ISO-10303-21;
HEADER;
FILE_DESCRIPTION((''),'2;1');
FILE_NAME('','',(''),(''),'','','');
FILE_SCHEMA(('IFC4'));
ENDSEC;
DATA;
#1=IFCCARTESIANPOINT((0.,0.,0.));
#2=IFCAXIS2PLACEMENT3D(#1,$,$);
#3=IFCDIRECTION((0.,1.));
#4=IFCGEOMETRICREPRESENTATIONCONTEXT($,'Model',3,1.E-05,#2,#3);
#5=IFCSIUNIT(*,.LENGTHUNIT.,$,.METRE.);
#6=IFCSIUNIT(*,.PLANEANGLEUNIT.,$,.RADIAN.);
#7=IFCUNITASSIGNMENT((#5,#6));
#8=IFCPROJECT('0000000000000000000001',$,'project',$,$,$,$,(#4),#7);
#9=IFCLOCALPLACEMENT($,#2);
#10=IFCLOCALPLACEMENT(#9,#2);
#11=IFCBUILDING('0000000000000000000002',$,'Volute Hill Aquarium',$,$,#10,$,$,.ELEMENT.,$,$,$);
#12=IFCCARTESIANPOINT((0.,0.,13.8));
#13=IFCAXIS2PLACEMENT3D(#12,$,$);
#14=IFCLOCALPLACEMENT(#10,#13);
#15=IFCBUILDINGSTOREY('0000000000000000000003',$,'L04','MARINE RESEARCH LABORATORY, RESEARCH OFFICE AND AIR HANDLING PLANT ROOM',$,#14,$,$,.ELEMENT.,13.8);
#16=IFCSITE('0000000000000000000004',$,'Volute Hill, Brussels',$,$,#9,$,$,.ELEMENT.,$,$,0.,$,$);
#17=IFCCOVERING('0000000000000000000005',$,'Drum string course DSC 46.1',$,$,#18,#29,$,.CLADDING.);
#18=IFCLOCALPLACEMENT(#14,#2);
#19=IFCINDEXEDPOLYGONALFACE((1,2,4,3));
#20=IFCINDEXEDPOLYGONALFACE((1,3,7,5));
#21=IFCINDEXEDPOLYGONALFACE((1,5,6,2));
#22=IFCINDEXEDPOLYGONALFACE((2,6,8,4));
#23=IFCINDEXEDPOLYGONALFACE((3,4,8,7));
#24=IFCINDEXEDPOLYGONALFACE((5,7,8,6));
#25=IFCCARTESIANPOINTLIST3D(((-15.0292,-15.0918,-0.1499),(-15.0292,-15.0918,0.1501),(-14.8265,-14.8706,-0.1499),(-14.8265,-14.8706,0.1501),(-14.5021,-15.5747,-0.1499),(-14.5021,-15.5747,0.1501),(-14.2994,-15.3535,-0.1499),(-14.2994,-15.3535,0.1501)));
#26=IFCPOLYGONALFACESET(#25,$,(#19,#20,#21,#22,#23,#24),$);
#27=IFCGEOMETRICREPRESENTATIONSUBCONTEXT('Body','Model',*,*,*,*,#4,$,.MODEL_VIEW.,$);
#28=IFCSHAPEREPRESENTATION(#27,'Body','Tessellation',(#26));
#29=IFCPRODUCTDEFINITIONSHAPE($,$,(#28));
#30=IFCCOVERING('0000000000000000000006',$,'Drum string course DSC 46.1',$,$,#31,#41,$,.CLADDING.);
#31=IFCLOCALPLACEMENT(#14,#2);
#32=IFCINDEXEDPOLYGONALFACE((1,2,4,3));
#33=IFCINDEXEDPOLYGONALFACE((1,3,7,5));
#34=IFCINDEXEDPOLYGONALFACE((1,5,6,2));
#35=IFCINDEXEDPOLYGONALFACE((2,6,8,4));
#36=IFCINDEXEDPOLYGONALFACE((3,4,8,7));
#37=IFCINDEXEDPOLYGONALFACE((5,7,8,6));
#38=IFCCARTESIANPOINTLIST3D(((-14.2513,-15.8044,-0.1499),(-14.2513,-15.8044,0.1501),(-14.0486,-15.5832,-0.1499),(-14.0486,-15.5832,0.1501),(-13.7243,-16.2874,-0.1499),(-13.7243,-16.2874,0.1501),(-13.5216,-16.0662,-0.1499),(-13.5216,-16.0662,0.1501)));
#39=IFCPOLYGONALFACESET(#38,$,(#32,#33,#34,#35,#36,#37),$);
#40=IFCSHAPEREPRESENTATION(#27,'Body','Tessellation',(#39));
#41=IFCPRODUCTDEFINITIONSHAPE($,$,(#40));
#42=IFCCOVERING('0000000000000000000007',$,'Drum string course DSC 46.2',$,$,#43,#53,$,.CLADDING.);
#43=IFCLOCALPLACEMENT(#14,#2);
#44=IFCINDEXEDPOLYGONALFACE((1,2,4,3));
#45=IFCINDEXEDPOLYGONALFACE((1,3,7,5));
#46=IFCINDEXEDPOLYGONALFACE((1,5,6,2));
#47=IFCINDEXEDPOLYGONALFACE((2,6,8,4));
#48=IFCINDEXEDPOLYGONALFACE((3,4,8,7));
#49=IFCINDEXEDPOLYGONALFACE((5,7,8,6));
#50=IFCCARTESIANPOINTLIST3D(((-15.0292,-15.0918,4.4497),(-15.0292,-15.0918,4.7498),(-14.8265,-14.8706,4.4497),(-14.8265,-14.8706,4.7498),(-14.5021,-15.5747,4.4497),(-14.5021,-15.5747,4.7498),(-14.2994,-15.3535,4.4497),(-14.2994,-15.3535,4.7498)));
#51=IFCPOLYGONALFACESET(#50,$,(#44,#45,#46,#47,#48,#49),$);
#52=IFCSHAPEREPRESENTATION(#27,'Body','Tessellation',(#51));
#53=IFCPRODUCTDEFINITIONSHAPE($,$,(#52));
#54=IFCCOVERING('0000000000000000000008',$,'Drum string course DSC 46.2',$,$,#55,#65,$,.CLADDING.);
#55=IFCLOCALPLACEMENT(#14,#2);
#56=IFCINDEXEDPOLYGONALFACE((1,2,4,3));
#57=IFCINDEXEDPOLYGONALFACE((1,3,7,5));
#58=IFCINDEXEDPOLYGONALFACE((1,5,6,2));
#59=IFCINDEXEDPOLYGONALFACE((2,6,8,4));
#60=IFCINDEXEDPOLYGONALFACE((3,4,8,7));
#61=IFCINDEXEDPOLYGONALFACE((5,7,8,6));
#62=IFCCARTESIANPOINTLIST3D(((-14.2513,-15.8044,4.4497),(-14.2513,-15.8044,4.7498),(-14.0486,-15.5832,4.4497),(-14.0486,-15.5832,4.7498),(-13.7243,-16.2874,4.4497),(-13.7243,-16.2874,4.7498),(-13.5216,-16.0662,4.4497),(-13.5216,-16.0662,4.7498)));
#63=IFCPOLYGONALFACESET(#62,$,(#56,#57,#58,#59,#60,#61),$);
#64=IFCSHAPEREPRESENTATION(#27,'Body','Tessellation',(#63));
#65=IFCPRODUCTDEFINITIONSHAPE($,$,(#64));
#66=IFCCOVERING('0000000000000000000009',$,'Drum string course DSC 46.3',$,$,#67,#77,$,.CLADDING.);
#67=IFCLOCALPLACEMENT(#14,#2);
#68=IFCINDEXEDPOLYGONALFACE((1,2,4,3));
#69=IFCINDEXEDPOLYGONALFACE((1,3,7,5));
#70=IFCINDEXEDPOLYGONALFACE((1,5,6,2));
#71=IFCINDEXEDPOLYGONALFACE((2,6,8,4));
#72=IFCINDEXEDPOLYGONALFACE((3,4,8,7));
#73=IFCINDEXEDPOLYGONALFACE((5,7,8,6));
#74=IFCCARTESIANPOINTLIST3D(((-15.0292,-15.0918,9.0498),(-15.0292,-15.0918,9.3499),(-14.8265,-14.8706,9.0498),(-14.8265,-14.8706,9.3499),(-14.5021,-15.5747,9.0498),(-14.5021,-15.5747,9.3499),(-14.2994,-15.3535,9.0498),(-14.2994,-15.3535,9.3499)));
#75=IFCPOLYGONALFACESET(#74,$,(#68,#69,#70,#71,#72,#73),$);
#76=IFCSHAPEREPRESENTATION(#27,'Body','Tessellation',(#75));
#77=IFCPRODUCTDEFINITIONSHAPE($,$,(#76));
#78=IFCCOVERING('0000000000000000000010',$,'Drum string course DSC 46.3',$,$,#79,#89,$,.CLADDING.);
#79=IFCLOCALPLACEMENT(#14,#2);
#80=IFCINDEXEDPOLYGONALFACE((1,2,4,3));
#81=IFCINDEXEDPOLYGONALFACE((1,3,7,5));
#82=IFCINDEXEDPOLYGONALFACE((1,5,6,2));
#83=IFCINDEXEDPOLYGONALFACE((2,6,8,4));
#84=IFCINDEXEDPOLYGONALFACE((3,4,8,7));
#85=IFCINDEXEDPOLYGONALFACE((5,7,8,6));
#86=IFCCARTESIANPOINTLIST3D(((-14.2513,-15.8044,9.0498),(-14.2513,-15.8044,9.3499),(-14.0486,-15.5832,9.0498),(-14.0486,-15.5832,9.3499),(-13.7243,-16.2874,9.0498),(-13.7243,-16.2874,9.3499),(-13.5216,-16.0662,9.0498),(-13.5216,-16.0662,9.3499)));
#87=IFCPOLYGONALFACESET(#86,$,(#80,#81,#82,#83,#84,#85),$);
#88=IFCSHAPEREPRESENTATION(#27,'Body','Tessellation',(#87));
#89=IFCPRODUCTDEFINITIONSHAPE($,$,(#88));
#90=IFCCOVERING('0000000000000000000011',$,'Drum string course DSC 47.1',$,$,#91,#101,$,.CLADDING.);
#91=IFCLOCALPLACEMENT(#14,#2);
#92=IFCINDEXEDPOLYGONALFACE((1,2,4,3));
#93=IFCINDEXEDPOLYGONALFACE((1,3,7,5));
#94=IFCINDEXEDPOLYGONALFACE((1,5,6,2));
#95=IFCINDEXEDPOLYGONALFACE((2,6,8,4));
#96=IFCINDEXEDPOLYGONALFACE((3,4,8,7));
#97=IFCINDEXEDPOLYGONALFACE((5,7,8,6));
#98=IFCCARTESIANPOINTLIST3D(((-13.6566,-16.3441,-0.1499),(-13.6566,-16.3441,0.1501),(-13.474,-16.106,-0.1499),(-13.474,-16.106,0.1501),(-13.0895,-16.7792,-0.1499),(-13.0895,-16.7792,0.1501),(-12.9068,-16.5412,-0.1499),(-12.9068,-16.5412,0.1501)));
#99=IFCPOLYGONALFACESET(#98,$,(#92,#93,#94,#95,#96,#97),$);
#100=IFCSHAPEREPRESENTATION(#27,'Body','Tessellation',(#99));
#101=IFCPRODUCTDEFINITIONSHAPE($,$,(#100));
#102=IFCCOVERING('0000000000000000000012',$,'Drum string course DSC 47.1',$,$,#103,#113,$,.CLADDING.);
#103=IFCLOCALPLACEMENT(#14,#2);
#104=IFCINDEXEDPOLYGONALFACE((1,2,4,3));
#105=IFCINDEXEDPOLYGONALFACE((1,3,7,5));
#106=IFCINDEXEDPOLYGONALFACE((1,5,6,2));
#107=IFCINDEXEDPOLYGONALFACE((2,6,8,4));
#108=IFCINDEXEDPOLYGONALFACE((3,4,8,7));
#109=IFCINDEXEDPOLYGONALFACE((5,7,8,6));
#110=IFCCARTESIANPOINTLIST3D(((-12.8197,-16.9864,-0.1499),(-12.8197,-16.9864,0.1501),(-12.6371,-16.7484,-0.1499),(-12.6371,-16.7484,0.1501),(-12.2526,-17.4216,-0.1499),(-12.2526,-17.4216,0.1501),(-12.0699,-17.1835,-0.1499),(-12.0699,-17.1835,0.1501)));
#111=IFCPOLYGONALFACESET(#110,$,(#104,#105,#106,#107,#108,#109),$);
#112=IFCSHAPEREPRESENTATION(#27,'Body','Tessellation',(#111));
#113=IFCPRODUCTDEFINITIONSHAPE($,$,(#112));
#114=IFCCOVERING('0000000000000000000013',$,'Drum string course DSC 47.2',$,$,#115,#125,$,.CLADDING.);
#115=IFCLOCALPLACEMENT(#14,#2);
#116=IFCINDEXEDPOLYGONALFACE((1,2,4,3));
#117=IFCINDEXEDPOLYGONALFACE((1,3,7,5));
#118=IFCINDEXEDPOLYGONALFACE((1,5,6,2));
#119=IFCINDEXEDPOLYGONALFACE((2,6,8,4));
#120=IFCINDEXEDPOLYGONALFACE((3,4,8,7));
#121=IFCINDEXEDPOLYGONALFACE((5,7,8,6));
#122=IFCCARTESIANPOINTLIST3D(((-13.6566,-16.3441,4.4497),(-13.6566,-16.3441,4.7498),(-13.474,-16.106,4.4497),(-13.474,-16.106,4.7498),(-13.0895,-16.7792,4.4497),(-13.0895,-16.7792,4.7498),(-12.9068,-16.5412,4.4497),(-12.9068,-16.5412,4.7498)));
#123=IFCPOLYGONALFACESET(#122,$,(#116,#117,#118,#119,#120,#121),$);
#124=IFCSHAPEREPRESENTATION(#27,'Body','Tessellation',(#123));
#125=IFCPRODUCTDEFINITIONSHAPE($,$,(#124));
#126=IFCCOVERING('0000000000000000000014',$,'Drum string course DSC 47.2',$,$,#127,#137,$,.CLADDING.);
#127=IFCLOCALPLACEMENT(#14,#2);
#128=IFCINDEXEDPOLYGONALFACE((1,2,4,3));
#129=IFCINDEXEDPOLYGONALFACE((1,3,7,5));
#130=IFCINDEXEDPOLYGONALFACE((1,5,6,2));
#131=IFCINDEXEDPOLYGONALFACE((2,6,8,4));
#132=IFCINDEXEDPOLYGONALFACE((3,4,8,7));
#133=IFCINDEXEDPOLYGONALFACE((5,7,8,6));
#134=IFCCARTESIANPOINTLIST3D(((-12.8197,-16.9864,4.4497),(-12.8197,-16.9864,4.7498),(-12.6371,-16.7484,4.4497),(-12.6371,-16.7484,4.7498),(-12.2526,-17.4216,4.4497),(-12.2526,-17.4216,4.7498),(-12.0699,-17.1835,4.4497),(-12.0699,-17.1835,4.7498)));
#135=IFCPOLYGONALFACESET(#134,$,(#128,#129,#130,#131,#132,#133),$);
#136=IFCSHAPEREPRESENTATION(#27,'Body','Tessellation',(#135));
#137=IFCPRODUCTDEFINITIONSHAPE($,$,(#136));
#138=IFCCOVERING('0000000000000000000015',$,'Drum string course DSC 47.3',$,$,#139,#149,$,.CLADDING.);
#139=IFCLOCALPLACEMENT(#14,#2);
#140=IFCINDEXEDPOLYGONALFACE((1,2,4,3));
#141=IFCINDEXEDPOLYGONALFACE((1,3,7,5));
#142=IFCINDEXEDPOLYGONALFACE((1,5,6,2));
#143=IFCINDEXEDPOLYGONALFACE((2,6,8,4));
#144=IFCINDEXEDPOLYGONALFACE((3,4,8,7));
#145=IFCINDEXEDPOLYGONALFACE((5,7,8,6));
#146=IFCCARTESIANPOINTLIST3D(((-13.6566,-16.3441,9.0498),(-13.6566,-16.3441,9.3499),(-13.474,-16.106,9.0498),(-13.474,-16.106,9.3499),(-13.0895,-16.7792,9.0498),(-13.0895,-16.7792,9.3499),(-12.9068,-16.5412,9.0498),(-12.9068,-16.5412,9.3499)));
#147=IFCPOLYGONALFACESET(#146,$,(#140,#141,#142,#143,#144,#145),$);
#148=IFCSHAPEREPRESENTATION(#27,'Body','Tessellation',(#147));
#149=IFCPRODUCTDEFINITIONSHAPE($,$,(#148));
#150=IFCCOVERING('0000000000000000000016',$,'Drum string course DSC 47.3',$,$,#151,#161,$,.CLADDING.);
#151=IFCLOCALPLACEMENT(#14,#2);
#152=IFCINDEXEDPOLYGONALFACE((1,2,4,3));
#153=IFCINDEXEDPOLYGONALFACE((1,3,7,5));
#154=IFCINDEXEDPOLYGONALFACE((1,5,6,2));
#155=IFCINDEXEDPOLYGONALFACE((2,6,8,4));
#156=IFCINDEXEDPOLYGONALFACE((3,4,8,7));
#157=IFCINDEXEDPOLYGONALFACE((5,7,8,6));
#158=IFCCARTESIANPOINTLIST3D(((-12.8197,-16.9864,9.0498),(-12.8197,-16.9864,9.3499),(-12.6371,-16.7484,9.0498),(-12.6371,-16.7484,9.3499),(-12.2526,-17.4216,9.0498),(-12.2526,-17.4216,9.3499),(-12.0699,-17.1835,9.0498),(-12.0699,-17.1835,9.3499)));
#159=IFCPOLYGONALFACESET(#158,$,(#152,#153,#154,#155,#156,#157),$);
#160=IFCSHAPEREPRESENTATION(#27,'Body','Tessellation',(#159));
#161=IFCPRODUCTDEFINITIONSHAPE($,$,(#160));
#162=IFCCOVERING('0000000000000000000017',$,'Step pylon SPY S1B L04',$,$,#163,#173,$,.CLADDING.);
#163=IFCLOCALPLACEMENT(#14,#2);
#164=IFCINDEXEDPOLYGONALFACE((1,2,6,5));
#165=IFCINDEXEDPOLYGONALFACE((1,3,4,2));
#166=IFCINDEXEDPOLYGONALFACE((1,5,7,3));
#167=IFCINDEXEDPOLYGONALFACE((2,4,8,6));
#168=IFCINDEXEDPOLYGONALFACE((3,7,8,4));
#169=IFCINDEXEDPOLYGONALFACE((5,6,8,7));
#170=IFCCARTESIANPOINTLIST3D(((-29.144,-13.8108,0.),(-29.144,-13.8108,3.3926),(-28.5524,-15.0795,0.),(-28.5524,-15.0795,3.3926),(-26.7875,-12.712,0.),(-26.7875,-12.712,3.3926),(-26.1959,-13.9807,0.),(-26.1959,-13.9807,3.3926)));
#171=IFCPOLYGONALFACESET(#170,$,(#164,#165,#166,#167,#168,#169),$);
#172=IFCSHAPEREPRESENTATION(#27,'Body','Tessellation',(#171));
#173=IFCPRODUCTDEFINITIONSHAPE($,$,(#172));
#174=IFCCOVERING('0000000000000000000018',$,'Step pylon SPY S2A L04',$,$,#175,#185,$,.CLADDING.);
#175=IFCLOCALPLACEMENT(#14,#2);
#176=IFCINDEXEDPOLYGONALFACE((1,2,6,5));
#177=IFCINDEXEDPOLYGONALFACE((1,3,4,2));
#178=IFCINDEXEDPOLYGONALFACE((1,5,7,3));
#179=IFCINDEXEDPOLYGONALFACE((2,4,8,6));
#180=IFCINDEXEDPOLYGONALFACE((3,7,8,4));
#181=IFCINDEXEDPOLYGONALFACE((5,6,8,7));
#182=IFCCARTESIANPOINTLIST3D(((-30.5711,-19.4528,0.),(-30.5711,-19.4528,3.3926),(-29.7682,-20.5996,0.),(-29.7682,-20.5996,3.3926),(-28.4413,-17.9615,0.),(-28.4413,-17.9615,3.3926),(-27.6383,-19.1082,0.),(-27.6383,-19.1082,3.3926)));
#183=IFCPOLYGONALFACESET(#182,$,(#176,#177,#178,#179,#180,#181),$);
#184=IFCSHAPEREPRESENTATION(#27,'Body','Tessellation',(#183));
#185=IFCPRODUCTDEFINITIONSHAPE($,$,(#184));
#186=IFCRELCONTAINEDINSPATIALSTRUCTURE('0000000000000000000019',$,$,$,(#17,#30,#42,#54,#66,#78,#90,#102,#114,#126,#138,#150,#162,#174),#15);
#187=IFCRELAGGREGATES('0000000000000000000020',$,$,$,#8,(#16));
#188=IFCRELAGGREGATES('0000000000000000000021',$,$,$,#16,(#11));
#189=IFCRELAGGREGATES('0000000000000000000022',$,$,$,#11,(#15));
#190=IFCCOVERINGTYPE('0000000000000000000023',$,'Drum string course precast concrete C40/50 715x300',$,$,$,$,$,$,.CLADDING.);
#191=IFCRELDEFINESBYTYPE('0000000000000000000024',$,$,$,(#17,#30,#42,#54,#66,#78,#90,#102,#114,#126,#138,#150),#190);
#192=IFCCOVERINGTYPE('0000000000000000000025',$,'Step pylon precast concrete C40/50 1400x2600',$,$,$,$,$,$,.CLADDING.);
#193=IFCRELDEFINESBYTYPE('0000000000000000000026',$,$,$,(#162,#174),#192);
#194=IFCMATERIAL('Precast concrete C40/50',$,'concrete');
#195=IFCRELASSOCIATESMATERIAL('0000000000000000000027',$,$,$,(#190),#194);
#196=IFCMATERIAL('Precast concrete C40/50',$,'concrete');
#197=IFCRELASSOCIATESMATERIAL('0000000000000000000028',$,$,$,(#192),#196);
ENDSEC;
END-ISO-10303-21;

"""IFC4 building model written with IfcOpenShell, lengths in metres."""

from ifc_helpers import new_model, si_unit, direction, frame, origin, origin_2d, place, context, subcontext, project, spatial, rectangle, extrude, material, type_object, element, save


model = new_model("IFC4")

# Units and contexts
model_context = context("Model", 3, precision=1e-05, world=origin(), true_north=direction((0.0, 1.0)))
body_context = subcontext(model_context, "Body", "Model", "MODEL_VIEW")
ifc_project = project(units=[si_unit("LENGTHUNIT", "METRE"), si_unit("PLANEANGLEUNIT", "RADIAN")], contexts=[model_context])

# Site, building, storey
site_placement = place(None, origin())
site = spatial("IfcSite", under=ifc_project, at=site_placement, Name="Volute Hill, Brussels", CompositionType="ELEMENT", RefElevation=0.0)
building_placement = place(site_placement, origin())
building = spatial("IfcBuilding", under=site, at=building_placement, Name="Volute Hill Aquarium", CompositionType="ELEMENT")
storey_placement = place(building_placement, frame((0.0, 0.0, 13.8)))
storey = spatial("IfcBuildingStorey", under=building, at=storey_placement, Name="L04", Description="MARINE RESEARCH LABORATORY, RESEARCH OFFICE AND AIR HANDLING PLANT ROOM", CompositionType="ELEMENT", Elevation=13.8)

# Coverings
ifc_material_1 = material(Name="Precast concrete C40/50", Category="concrete")
covering_type_1 = type_object("IfcCoveringType", Name="Drum string course precast concrete C40/50 715x300", PredefinedType="CLADDING", material=ifc_material_1)
for number, where, z_axis, x_axis, name in (
    (1, (-14.6643, -15.2227, -0.1499), (0.0, 0.0, 1.0), (0.737277, -0.67559, 0.0), "Drum string course DSC 46.1"),
    (2, (-13.8865, -15.9353, -0.1499), (0.0, 0.0, 1.0), (0.737277, -0.67559, 0.0), "Drum string course DSC 46.1"),
    (3, (-14.6643, -15.2227, 4.4497), (0.0, 0.0, 1.0), (0.737277, -0.67559, 0.0), "Drum string course DSC 46.2"),
    (4, (-13.8865, -15.9353, 4.4497), (0.0, 0.0, 1.0), (0.737277, -0.67559, 0.0), "Drum string course DSC 46.2"),
    (5, (-14.6643, -15.2227, 9.0498), (0.0, 0.0, 1.0), (0.737277, -0.67559, 0.0), "Drum string course DSC 46.3"),
    (6, (-13.8865, -15.9353, 9.0498), (0.0, 0.0, 1.0), (0.737277, -0.67559, 0.0), "Drum string course DSC 46.3"),
    (7, (-13.2817, -16.4426, -0.1499), (0.0, 0.0, 1.0), (0.793353, -0.608761, 0.0), "Drum string course DSC 47.1"),
    (8, (-12.4448, -17.085, -0.1499), (0.0, 0.0, 1.0), (0.793353, -0.608761, 0.0), "Drum string course DSC 47.1"),
    (9, (-13.2817, -16.4426, 4.4497), (0.0, 0.0, 1.0), (0.793353, -0.608761, 0.0), "Drum string course DSC 47.2"),
    (10, (-12.4448, -17.085, 4.4497), (0.0, 0.0, 1.0), (0.793353, -0.608761, 0.0), "Drum string course DSC 47.2"),
    (11, (-13.2817, -16.4426, 9.0498), (0.0, 0.0, 1.0), (0.793353, -0.608761, 0.0), "Drum string course DSC 47.3"),
    (12, (-12.4448, -17.085, 9.0498), (0.0, 0.0, 1.0), (0.793353, -0.608761, 0.0), "Drum string course DSC 47.3"),
):
    element("IfcCovering", number, at=place(storey_placement, frame(where, z_axis=z_axis, x_axis=x_axis)), inside=storey, type_object=covering_type_1, Name=name, PredefinedType="CLADDING", context=body_context, shape_type="SweptSolid", body=[
        extrude(rectangle(XDim=0.7148, YDim=0.3, at=origin_2d()), origin(), (0.0, 0.0, 1.0), 0.3),
    ])
ifc_material_2 = material(Name="Precast concrete C40/50", Category="concrete")
covering_type_2 = type_object("IfcCoveringType", Name="Step pylon precast concrete C40/50 1400x2600", PredefinedType="CLADDING", material=ifc_material_2)
for number, where, z_axis, x_axis, name in (
    (13, (-27.6699, -13.8958, 0.0), (0.0, 0.0, 1.0), (-0.906308, -0.422618, 0.0), "Step pylon SPY S1B L04"),
    (14, (-29.1047, -19.2805, 0.0), (0.0, 0.0, 1.0), (-0.819152, -0.573576, 0.0), "Step pylon SPY S2A L04"),
):
    element("IfcCovering", number, at=place(storey_placement, frame(where, z_axis=z_axis, x_axis=x_axis)), inside=storey, type_object=covering_type_2, Name=name, PredefinedType="CLADDING", context=body_context, shape_type="SweptSolid", body=[
        extrude(rectangle(XDim=2.6001, YDim=1.3999, at=origin_2d()), origin(), (0.0, 0.0, 1.0), 3.3926),
    ])

save(model, "model.ifc")
